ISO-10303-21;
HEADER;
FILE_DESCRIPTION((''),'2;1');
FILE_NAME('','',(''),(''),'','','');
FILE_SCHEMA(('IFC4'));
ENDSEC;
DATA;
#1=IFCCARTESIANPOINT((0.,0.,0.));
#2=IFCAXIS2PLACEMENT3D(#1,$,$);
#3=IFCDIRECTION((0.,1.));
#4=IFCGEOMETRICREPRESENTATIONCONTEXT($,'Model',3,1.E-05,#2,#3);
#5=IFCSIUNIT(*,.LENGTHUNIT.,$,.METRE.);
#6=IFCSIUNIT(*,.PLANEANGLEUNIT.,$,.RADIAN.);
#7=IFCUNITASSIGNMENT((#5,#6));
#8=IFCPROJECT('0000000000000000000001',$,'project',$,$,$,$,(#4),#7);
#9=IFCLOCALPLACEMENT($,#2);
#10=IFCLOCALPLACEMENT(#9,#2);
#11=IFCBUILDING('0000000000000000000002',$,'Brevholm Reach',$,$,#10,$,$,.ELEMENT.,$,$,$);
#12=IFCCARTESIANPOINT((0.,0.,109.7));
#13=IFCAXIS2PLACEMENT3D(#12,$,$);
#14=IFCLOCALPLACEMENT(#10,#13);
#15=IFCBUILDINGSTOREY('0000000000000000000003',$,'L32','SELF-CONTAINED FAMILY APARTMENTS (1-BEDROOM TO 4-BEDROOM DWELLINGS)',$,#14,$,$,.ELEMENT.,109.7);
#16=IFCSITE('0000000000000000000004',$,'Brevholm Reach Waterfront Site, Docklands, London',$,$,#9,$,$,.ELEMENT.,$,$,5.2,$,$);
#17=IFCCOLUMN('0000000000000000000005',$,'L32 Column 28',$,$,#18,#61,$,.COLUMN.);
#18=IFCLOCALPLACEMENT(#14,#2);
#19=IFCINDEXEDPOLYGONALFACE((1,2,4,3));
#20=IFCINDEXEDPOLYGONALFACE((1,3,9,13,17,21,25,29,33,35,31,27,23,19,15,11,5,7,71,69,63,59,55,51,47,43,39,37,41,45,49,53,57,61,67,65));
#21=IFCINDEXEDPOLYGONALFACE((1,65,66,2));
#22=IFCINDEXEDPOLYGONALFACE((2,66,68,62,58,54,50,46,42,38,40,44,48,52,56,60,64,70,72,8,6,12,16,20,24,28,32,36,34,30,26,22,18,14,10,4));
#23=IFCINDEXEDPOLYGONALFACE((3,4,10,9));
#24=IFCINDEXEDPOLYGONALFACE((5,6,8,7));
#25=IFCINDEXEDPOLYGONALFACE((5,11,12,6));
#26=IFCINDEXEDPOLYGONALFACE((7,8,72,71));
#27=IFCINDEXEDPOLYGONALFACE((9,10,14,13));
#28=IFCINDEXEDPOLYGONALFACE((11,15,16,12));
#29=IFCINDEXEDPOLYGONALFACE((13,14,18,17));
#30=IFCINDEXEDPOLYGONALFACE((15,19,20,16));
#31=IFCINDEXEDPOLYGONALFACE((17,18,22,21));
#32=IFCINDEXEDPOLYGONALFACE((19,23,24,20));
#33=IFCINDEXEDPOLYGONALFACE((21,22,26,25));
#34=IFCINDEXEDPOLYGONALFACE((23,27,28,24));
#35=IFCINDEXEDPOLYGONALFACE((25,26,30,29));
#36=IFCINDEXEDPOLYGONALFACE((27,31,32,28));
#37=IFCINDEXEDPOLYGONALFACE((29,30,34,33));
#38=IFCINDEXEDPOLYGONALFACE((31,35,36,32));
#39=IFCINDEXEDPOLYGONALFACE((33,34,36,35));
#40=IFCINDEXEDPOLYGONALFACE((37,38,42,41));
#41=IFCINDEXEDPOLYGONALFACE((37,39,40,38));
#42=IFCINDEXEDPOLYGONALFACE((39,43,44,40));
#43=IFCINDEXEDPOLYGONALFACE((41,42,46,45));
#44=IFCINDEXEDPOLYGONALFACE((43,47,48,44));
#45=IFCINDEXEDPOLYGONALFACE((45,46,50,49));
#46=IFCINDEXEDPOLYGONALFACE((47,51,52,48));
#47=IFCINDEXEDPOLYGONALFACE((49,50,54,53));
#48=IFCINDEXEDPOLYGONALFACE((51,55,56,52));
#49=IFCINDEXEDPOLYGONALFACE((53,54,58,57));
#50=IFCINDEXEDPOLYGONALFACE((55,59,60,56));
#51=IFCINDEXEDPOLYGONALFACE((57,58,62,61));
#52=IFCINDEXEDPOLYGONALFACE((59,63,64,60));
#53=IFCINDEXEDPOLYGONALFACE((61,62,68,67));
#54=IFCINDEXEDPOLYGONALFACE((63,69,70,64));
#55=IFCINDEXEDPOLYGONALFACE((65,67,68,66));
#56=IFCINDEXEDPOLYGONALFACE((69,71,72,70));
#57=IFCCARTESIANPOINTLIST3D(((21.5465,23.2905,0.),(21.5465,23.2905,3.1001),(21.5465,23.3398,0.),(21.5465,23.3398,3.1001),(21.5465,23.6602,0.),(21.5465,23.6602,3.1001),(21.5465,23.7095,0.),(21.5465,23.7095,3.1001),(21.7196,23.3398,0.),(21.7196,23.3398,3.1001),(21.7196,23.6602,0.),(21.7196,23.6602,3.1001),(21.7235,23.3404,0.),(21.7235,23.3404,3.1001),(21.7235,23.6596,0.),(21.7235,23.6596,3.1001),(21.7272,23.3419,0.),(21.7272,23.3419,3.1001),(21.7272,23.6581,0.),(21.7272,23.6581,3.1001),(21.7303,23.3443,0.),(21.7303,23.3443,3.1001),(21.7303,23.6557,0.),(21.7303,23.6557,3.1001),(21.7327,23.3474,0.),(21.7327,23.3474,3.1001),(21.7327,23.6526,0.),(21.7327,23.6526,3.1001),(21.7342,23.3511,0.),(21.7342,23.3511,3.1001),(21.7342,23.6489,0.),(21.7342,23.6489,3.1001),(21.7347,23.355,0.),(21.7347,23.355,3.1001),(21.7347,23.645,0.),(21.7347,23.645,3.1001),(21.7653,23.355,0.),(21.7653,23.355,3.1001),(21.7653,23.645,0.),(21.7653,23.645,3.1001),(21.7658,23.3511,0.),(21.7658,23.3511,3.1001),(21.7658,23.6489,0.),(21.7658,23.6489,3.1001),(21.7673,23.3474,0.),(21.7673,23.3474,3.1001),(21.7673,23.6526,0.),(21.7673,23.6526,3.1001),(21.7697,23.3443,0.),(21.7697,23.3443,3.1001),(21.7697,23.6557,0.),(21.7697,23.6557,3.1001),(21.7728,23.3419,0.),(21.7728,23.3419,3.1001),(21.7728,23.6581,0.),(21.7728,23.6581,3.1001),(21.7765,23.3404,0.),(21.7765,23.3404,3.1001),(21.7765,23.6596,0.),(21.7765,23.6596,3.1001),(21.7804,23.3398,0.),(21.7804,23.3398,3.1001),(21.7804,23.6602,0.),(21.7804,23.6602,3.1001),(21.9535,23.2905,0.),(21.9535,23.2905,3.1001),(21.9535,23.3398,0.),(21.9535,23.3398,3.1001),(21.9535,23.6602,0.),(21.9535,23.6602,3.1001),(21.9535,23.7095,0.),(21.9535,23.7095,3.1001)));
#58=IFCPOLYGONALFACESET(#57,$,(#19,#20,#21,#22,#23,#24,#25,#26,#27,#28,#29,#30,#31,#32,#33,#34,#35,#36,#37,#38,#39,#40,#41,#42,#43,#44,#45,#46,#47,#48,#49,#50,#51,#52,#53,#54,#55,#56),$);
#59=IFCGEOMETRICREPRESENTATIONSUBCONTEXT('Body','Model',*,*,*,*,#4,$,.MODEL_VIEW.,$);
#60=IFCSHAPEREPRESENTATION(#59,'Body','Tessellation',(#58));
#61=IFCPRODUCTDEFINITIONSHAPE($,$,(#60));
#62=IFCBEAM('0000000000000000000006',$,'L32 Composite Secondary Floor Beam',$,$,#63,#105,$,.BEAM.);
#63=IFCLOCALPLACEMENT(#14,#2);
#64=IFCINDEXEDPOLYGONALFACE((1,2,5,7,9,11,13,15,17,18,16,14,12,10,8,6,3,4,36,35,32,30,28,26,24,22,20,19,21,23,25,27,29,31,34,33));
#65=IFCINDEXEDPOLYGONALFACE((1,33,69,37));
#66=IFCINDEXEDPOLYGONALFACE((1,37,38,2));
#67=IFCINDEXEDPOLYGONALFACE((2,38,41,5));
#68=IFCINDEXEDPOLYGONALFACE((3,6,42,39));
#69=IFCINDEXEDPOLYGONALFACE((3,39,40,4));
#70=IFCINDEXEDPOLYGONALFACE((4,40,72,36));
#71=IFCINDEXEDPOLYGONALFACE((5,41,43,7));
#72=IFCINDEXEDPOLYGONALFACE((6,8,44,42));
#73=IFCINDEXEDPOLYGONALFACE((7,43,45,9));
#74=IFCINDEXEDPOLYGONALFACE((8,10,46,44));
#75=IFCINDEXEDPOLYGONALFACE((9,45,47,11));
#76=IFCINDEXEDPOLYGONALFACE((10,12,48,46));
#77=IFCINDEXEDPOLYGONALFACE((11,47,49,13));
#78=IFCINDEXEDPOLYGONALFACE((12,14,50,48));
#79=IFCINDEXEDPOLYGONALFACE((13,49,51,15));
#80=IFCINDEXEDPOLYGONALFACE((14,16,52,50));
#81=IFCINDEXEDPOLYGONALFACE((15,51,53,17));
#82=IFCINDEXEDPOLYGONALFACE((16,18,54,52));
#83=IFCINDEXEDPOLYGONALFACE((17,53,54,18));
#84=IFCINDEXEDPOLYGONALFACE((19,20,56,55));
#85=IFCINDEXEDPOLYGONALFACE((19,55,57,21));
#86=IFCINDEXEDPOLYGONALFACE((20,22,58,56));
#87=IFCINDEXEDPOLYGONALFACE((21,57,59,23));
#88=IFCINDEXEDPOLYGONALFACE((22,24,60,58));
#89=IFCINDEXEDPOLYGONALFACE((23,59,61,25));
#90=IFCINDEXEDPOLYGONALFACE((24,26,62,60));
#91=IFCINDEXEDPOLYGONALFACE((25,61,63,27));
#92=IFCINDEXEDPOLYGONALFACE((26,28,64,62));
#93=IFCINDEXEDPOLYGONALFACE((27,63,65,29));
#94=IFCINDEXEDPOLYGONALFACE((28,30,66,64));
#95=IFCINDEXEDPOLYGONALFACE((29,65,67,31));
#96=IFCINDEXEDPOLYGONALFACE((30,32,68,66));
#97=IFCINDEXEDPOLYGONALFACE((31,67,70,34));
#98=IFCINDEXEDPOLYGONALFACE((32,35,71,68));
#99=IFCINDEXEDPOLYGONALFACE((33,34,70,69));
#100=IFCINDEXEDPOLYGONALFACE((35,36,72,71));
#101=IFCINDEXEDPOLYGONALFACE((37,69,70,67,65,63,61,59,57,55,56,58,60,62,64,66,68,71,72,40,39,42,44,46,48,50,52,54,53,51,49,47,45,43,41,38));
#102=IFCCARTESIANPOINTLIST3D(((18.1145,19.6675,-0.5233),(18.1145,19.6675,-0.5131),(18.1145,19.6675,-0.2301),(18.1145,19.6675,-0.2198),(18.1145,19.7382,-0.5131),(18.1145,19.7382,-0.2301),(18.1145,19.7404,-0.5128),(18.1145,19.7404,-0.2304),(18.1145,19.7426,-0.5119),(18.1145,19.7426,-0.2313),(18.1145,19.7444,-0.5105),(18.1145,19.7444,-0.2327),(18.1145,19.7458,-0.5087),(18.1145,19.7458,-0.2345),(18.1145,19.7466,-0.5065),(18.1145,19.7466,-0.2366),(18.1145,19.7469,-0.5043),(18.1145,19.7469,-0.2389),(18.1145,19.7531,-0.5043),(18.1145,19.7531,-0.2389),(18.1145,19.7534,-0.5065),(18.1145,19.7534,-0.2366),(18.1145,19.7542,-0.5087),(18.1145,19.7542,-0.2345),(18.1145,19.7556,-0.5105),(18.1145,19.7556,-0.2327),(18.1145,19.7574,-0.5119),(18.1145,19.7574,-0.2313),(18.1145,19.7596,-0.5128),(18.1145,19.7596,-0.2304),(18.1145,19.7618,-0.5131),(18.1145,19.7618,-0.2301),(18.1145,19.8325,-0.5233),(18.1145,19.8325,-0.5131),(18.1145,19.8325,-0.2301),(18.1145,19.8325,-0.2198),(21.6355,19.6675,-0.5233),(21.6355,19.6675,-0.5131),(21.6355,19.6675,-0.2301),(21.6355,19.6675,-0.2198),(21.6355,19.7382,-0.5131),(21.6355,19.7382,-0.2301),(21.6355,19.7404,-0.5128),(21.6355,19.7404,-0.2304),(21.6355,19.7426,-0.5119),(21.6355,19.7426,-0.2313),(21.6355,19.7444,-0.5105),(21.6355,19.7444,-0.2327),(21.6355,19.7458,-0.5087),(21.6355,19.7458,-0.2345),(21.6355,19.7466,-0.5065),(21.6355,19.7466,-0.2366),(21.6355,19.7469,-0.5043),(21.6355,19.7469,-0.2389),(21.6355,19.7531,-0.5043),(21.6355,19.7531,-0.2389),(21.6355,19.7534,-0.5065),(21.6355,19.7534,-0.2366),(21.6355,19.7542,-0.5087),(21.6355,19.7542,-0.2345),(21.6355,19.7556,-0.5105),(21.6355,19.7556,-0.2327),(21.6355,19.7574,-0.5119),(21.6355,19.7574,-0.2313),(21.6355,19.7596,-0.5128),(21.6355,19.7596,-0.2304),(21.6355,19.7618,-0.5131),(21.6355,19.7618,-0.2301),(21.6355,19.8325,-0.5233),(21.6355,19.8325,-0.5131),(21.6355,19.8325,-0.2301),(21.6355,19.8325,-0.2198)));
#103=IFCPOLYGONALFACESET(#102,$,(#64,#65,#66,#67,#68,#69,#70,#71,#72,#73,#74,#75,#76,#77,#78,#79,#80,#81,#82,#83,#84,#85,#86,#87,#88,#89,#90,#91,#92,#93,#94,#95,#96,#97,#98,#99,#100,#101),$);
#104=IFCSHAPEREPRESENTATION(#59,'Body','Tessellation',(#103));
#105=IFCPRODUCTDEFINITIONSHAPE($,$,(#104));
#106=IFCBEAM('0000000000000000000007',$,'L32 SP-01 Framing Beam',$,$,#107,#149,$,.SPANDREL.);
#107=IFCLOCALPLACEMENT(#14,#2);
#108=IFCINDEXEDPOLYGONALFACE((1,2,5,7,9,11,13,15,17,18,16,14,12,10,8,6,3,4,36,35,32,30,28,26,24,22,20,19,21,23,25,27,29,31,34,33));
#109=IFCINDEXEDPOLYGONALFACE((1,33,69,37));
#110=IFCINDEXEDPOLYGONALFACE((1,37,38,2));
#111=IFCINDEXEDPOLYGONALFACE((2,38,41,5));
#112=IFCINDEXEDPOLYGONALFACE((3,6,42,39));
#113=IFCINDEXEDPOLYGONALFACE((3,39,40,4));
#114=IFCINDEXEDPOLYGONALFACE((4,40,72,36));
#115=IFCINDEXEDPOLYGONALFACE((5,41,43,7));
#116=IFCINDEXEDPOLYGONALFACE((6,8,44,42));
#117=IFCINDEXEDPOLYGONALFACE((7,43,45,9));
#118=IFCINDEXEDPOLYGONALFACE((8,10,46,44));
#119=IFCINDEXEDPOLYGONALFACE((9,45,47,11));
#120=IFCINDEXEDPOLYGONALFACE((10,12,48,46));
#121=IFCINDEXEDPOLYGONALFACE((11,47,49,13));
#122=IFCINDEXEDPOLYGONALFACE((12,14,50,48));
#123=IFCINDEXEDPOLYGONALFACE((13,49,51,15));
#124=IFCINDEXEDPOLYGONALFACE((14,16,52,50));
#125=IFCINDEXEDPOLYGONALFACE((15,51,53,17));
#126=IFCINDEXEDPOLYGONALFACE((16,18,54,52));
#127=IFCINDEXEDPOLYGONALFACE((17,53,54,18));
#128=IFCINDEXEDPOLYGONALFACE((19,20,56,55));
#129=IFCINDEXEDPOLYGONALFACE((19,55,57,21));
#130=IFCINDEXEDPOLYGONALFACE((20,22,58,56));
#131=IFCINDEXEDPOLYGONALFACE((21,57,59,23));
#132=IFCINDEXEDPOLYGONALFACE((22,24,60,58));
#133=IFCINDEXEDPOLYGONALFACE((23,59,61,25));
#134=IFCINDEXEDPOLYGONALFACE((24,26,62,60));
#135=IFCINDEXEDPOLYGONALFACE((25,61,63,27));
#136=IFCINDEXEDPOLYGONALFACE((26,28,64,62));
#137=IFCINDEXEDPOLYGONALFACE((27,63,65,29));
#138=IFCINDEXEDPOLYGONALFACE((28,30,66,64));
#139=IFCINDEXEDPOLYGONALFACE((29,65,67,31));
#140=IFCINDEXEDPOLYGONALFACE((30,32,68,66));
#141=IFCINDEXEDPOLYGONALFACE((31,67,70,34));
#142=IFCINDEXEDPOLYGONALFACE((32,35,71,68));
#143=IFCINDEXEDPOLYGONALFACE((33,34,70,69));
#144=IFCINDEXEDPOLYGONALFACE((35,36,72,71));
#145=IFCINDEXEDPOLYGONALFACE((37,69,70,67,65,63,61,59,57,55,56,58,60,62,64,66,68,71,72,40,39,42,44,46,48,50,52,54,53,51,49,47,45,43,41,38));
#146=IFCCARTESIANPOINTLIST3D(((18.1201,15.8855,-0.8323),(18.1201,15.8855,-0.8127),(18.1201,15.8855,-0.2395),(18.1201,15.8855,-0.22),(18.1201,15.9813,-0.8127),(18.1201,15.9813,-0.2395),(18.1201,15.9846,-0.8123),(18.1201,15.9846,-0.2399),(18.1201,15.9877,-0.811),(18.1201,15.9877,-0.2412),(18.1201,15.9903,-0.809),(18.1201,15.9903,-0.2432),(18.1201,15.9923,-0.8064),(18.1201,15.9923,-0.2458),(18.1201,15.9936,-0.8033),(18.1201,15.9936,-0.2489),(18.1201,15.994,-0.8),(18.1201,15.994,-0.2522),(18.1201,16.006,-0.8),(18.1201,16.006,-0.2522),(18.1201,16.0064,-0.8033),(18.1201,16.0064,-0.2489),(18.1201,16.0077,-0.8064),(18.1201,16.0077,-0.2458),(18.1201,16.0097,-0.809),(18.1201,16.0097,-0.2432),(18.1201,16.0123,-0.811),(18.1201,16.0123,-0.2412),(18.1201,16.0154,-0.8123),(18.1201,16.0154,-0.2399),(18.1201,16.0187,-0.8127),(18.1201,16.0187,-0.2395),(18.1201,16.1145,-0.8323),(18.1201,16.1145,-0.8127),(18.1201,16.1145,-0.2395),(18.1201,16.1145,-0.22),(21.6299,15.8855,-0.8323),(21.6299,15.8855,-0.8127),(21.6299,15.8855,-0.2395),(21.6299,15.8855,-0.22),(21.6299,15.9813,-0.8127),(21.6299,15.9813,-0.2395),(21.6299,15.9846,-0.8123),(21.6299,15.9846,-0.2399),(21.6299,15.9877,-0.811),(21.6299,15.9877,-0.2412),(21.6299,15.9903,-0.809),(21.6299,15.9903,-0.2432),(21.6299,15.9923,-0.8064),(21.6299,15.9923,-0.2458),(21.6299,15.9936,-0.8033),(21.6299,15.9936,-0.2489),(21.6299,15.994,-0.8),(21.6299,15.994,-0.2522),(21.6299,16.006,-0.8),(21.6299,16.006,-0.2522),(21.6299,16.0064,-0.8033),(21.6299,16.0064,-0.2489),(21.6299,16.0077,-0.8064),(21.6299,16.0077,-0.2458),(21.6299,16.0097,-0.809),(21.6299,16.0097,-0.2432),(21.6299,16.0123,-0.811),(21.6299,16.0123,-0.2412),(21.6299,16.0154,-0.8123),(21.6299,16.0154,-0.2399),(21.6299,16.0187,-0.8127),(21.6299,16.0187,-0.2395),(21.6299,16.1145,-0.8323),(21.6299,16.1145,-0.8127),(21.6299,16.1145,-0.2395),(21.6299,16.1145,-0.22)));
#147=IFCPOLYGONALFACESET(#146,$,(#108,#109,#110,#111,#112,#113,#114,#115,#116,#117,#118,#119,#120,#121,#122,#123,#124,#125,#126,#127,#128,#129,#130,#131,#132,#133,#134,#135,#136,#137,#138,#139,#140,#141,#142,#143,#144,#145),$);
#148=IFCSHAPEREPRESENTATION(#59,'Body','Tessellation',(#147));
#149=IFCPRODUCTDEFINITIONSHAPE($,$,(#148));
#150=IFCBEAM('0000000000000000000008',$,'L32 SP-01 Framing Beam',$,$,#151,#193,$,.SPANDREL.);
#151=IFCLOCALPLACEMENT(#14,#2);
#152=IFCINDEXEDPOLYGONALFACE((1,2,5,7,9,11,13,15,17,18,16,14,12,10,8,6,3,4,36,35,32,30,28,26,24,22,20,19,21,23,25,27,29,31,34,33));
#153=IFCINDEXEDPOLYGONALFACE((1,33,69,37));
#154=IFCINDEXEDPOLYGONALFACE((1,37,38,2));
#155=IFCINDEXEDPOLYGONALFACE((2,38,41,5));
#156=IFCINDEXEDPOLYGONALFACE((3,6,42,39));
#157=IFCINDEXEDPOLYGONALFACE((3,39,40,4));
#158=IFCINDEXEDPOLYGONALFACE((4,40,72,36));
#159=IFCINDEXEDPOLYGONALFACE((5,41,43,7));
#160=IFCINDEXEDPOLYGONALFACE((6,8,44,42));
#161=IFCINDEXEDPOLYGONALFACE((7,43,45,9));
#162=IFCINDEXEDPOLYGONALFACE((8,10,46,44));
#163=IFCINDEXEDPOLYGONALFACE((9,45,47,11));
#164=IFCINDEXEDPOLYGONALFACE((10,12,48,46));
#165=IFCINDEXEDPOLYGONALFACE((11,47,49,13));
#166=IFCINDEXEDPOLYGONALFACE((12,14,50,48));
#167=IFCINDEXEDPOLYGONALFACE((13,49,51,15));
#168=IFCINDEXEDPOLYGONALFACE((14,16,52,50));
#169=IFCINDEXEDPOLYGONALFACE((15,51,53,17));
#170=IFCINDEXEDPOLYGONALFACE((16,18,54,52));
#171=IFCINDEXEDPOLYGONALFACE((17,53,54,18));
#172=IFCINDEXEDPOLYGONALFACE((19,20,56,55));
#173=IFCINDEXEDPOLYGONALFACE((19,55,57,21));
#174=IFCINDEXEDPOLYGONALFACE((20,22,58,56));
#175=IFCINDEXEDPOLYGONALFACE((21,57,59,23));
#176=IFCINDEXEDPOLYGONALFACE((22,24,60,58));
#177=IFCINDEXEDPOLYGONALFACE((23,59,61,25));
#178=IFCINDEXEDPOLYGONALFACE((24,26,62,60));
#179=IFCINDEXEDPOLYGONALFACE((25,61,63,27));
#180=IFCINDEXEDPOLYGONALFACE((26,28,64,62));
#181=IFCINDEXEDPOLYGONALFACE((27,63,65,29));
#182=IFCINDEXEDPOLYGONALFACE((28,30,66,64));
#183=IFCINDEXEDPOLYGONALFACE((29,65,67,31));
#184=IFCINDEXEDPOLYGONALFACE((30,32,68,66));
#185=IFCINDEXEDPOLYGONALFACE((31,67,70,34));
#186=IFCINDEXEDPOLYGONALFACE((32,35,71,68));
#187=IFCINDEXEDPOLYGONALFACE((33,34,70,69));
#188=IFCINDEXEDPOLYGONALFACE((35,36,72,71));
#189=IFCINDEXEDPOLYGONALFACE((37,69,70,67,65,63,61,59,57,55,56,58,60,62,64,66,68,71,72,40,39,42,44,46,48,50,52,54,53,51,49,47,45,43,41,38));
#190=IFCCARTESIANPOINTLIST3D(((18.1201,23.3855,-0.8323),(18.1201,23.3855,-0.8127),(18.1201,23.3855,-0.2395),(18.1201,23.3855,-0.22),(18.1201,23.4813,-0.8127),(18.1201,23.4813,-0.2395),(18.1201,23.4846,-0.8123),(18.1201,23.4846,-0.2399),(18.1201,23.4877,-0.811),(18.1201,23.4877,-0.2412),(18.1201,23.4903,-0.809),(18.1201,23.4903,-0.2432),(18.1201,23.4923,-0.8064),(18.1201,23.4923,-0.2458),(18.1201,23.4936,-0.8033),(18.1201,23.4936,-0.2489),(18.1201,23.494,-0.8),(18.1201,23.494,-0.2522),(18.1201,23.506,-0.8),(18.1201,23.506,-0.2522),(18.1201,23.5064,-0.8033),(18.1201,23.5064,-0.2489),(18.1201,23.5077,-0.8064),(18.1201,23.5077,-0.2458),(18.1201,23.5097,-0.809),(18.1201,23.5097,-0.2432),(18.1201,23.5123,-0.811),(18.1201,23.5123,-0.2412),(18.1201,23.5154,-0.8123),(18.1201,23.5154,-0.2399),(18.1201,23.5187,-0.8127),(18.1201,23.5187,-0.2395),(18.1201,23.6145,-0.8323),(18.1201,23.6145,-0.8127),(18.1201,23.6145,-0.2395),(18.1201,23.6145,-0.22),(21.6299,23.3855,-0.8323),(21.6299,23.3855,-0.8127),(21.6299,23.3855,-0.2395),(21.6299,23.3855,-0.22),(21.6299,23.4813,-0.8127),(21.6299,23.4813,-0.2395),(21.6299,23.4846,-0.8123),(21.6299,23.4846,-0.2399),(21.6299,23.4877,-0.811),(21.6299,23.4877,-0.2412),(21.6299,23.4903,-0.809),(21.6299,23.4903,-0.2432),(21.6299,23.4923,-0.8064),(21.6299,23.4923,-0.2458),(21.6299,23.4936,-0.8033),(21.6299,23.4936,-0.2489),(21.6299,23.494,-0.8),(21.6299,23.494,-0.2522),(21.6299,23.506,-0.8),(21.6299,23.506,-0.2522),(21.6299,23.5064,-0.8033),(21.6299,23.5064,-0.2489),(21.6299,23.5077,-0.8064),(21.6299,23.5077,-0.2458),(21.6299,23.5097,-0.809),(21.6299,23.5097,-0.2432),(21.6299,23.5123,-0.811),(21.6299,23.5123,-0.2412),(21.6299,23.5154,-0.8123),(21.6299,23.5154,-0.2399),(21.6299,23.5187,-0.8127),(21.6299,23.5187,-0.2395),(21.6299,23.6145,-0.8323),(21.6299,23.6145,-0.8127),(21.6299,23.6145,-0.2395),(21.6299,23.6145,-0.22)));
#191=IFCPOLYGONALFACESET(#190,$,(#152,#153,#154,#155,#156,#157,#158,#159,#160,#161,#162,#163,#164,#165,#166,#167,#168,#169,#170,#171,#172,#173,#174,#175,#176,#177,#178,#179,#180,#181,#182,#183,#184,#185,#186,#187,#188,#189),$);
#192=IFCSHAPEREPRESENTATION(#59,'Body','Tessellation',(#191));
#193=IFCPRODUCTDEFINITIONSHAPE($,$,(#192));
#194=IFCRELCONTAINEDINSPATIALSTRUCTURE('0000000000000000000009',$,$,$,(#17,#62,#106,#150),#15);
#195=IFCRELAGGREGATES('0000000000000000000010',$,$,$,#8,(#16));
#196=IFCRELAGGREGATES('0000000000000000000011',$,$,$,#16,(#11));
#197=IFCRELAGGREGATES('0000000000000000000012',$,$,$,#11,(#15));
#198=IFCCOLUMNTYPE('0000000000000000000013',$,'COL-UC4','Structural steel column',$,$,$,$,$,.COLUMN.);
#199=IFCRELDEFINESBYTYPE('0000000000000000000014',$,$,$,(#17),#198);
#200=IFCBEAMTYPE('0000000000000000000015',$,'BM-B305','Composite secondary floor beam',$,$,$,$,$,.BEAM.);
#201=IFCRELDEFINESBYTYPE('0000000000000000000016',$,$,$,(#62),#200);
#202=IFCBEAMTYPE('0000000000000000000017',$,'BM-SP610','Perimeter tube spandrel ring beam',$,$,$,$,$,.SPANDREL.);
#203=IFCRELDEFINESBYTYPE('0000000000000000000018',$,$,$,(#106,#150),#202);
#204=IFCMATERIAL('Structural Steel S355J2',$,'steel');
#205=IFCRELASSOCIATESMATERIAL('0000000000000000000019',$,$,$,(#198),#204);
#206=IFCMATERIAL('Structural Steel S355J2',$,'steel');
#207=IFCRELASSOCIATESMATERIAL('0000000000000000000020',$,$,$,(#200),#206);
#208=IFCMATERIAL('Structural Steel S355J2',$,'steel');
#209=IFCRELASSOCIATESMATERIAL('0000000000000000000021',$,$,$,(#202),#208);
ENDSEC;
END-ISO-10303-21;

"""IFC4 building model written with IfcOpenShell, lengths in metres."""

from ifc_helpers import new_model, si_unit, direction, frame, origin, origin_2d, place, context, subcontext, project, spatial, i_section, extrude, material, material_profile, profile_set, type_object, element, save


model = new_model("IFC4")

# Units and contexts
model_context = context("Model", 3, precision=1e-05, world=origin(), true_north=direction((0.0, 1.0)))
body_context = subcontext(model_context, "Body", "Model", "MODEL_VIEW")
ifc_project = project(units=[si_unit("LENGTHUNIT", "METRE"), si_unit("PLANEANGLEUNIT", "RADIAN")], contexts=[model_context])

# Site, building, storey
site_placement = place(None, origin())
site = spatial("IfcSite", under=ifc_project, at=site_placement, Name="Brevholm Reach Waterfront Site, Docklands, London", CompositionType="ELEMENT", RefElevation=5.2)
building_placement = place(site_placement, origin())
building = spatial("IfcBuilding", under=site, at=building_placement, Name="Brevholm Reach", CompositionType="ELEMENT")
storey_placement = place(building_placement, frame((0.0, 0.0, 109.7)))
storey = spatial("IfcBuildingStorey", under=building, at=storey_placement, Name="L32", Description="SELF-CONTAINED FAMILY APARTMENTS (1-BEDROOM TO 4-BEDROOM DWELLINGS)", CompositionType="ELEMENT", Elevation=109.7)

# Column
ifc_material_1 = material(Name="Structural Steel S355J2", Category="steel")
ifc_material_profile_1 = material_profile(ifc_material_1, i_section(OverallWidth=0.407, OverallDepth=0.4189, WebThickness=0.0305, FlangeThickness=0.0493, FilletRadius=0.0151, at=origin_2d()), Name="UKC 356x406x393")
ifc_profile_set_1 = profile_set([ifc_material_profile_1], Name="Structural Steel S355J2")
column_type = type_object("IfcColumnType", Name="COL-UC4", Description="Structural steel column", PredefinedType="COLUMN", material=ifc_profile_set_1)
for number, where, z_axis, x_axis, name in (
    (1, (21.75, 23.5, 0.0), (0.0, 0.0, 1.0), (1.0, 0.0, 0.0), "L32 Column 28"),
):
    element("IfcColumn", number, at=place(storey_placement, frame(where, z_axis=z_axis, x_axis=x_axis)), inside=storey, type_object=column_type, Name=name, PredefinedType="COLUMN", context=body_context, shape_type="SweptSolid", body=[
        extrude(i_section(OverallWidth=0.407, OverallDepth=0.4189, WebThickness=0.0305, FlangeThickness=0.0493, FilletRadius=0.0151, at=origin_2d()), origin(), (0.0, 0.0, 1.0), 3.1001),
    ])

# Beams
ifc_material_2 = material(Name="Structural Steel S355J2", Category="steel")
ifc_material_profile_2 = material_profile(ifc_material_2, i_section(OverallWidth=0.165, OverallDepth=0.3035, WebThickness=0.0061, FlangeThickness=0.0103, FilletRadius=0.0088, at=origin_2d()), Name="UKB 305x165x40")
ifc_profile_set_2 = profile_set([ifc_material_profile_2], Name="Structural Steel S355J2")
beam_type_1 = type_object("IfcBeamType", Name="BM-B305", Description="Composite secondary floor beam", PredefinedType="BEAM", material=ifc_profile_set_2)
beam_1_placement = place(storey_placement, frame((18.1145, 19.75, -0.3716), z_axis=(1.0, 0.0, 0.0), x_axis=(0.0, 1.0, 0.0)))
element("IfcBeam", 2, at=beam_1_placement, inside=storey, type_object=beam_type_1, Name="L32 Composite Secondary Floor Beam", PredefinedType="BEAM", context=body_context, shape_type="SweptSolid", body=[
    extrude(i_section(OverallWidth=0.165, OverallDepth=0.3035, WebThickness=0.0061, FlangeThickness=0.0103, FilletRadius=0.0088, at=origin_2d()), origin(), (0.0, 0.0, 1.0), 3.521),
])
ifc_material_3 = material(Name="Structural Steel S355J2", Category="steel")
ifc_material_profile_3 = material_profile(ifc_material_3, i_section(OverallWidth=0.229, OverallDepth=0.6123, WebThickness=0.012, FlangeThickness=0.0195, FilletRadius=0.0127, at=origin_2d()), Name="UKB 610x229x125")
ifc_profile_set_3 = profile_set([ifc_material_profile_3], Name="Structural Steel S355J2")
beam_type_2 = type_object("IfcBeamType", Name="BM-SP610", Description="Perimeter tube spandrel ring beam", PredefinedType="SPANDREL", material=ifc_profile_set_3)
for number, where, z_axis, x_axis, name in (
    (3, (18.1201, 16.0, -0.5261), (1.0, 0.0, 0.0), (0.0, 1.0, 0.0), "L32 SP-01 Framing Beam"),
    (4, (18.1201, 23.5, -0.5261), (1.0, 0.0, 0.0), (0.0, 1.0, 0.0), "L32 SP-01 Framing Beam"),
):
    element("IfcBeam", number, at=place(storey_placement, frame(where, z_axis=z_axis, x_axis=x_axis)), inside=storey, type_object=beam_type_2, Name=name, PredefinedType="SPANDREL", context=body_context, shape_type="SweptSolid", body=[
        extrude(i_section(OverallWidth=0.229, OverallDepth=0.6123, WebThickness=0.012, FlangeThickness=0.0195, FilletRadius=0.0127, at=origin_2d()), origin(), (0.0, 0.0, 1.0), 3.5098),
    ])

save(model, "model.ifc")
